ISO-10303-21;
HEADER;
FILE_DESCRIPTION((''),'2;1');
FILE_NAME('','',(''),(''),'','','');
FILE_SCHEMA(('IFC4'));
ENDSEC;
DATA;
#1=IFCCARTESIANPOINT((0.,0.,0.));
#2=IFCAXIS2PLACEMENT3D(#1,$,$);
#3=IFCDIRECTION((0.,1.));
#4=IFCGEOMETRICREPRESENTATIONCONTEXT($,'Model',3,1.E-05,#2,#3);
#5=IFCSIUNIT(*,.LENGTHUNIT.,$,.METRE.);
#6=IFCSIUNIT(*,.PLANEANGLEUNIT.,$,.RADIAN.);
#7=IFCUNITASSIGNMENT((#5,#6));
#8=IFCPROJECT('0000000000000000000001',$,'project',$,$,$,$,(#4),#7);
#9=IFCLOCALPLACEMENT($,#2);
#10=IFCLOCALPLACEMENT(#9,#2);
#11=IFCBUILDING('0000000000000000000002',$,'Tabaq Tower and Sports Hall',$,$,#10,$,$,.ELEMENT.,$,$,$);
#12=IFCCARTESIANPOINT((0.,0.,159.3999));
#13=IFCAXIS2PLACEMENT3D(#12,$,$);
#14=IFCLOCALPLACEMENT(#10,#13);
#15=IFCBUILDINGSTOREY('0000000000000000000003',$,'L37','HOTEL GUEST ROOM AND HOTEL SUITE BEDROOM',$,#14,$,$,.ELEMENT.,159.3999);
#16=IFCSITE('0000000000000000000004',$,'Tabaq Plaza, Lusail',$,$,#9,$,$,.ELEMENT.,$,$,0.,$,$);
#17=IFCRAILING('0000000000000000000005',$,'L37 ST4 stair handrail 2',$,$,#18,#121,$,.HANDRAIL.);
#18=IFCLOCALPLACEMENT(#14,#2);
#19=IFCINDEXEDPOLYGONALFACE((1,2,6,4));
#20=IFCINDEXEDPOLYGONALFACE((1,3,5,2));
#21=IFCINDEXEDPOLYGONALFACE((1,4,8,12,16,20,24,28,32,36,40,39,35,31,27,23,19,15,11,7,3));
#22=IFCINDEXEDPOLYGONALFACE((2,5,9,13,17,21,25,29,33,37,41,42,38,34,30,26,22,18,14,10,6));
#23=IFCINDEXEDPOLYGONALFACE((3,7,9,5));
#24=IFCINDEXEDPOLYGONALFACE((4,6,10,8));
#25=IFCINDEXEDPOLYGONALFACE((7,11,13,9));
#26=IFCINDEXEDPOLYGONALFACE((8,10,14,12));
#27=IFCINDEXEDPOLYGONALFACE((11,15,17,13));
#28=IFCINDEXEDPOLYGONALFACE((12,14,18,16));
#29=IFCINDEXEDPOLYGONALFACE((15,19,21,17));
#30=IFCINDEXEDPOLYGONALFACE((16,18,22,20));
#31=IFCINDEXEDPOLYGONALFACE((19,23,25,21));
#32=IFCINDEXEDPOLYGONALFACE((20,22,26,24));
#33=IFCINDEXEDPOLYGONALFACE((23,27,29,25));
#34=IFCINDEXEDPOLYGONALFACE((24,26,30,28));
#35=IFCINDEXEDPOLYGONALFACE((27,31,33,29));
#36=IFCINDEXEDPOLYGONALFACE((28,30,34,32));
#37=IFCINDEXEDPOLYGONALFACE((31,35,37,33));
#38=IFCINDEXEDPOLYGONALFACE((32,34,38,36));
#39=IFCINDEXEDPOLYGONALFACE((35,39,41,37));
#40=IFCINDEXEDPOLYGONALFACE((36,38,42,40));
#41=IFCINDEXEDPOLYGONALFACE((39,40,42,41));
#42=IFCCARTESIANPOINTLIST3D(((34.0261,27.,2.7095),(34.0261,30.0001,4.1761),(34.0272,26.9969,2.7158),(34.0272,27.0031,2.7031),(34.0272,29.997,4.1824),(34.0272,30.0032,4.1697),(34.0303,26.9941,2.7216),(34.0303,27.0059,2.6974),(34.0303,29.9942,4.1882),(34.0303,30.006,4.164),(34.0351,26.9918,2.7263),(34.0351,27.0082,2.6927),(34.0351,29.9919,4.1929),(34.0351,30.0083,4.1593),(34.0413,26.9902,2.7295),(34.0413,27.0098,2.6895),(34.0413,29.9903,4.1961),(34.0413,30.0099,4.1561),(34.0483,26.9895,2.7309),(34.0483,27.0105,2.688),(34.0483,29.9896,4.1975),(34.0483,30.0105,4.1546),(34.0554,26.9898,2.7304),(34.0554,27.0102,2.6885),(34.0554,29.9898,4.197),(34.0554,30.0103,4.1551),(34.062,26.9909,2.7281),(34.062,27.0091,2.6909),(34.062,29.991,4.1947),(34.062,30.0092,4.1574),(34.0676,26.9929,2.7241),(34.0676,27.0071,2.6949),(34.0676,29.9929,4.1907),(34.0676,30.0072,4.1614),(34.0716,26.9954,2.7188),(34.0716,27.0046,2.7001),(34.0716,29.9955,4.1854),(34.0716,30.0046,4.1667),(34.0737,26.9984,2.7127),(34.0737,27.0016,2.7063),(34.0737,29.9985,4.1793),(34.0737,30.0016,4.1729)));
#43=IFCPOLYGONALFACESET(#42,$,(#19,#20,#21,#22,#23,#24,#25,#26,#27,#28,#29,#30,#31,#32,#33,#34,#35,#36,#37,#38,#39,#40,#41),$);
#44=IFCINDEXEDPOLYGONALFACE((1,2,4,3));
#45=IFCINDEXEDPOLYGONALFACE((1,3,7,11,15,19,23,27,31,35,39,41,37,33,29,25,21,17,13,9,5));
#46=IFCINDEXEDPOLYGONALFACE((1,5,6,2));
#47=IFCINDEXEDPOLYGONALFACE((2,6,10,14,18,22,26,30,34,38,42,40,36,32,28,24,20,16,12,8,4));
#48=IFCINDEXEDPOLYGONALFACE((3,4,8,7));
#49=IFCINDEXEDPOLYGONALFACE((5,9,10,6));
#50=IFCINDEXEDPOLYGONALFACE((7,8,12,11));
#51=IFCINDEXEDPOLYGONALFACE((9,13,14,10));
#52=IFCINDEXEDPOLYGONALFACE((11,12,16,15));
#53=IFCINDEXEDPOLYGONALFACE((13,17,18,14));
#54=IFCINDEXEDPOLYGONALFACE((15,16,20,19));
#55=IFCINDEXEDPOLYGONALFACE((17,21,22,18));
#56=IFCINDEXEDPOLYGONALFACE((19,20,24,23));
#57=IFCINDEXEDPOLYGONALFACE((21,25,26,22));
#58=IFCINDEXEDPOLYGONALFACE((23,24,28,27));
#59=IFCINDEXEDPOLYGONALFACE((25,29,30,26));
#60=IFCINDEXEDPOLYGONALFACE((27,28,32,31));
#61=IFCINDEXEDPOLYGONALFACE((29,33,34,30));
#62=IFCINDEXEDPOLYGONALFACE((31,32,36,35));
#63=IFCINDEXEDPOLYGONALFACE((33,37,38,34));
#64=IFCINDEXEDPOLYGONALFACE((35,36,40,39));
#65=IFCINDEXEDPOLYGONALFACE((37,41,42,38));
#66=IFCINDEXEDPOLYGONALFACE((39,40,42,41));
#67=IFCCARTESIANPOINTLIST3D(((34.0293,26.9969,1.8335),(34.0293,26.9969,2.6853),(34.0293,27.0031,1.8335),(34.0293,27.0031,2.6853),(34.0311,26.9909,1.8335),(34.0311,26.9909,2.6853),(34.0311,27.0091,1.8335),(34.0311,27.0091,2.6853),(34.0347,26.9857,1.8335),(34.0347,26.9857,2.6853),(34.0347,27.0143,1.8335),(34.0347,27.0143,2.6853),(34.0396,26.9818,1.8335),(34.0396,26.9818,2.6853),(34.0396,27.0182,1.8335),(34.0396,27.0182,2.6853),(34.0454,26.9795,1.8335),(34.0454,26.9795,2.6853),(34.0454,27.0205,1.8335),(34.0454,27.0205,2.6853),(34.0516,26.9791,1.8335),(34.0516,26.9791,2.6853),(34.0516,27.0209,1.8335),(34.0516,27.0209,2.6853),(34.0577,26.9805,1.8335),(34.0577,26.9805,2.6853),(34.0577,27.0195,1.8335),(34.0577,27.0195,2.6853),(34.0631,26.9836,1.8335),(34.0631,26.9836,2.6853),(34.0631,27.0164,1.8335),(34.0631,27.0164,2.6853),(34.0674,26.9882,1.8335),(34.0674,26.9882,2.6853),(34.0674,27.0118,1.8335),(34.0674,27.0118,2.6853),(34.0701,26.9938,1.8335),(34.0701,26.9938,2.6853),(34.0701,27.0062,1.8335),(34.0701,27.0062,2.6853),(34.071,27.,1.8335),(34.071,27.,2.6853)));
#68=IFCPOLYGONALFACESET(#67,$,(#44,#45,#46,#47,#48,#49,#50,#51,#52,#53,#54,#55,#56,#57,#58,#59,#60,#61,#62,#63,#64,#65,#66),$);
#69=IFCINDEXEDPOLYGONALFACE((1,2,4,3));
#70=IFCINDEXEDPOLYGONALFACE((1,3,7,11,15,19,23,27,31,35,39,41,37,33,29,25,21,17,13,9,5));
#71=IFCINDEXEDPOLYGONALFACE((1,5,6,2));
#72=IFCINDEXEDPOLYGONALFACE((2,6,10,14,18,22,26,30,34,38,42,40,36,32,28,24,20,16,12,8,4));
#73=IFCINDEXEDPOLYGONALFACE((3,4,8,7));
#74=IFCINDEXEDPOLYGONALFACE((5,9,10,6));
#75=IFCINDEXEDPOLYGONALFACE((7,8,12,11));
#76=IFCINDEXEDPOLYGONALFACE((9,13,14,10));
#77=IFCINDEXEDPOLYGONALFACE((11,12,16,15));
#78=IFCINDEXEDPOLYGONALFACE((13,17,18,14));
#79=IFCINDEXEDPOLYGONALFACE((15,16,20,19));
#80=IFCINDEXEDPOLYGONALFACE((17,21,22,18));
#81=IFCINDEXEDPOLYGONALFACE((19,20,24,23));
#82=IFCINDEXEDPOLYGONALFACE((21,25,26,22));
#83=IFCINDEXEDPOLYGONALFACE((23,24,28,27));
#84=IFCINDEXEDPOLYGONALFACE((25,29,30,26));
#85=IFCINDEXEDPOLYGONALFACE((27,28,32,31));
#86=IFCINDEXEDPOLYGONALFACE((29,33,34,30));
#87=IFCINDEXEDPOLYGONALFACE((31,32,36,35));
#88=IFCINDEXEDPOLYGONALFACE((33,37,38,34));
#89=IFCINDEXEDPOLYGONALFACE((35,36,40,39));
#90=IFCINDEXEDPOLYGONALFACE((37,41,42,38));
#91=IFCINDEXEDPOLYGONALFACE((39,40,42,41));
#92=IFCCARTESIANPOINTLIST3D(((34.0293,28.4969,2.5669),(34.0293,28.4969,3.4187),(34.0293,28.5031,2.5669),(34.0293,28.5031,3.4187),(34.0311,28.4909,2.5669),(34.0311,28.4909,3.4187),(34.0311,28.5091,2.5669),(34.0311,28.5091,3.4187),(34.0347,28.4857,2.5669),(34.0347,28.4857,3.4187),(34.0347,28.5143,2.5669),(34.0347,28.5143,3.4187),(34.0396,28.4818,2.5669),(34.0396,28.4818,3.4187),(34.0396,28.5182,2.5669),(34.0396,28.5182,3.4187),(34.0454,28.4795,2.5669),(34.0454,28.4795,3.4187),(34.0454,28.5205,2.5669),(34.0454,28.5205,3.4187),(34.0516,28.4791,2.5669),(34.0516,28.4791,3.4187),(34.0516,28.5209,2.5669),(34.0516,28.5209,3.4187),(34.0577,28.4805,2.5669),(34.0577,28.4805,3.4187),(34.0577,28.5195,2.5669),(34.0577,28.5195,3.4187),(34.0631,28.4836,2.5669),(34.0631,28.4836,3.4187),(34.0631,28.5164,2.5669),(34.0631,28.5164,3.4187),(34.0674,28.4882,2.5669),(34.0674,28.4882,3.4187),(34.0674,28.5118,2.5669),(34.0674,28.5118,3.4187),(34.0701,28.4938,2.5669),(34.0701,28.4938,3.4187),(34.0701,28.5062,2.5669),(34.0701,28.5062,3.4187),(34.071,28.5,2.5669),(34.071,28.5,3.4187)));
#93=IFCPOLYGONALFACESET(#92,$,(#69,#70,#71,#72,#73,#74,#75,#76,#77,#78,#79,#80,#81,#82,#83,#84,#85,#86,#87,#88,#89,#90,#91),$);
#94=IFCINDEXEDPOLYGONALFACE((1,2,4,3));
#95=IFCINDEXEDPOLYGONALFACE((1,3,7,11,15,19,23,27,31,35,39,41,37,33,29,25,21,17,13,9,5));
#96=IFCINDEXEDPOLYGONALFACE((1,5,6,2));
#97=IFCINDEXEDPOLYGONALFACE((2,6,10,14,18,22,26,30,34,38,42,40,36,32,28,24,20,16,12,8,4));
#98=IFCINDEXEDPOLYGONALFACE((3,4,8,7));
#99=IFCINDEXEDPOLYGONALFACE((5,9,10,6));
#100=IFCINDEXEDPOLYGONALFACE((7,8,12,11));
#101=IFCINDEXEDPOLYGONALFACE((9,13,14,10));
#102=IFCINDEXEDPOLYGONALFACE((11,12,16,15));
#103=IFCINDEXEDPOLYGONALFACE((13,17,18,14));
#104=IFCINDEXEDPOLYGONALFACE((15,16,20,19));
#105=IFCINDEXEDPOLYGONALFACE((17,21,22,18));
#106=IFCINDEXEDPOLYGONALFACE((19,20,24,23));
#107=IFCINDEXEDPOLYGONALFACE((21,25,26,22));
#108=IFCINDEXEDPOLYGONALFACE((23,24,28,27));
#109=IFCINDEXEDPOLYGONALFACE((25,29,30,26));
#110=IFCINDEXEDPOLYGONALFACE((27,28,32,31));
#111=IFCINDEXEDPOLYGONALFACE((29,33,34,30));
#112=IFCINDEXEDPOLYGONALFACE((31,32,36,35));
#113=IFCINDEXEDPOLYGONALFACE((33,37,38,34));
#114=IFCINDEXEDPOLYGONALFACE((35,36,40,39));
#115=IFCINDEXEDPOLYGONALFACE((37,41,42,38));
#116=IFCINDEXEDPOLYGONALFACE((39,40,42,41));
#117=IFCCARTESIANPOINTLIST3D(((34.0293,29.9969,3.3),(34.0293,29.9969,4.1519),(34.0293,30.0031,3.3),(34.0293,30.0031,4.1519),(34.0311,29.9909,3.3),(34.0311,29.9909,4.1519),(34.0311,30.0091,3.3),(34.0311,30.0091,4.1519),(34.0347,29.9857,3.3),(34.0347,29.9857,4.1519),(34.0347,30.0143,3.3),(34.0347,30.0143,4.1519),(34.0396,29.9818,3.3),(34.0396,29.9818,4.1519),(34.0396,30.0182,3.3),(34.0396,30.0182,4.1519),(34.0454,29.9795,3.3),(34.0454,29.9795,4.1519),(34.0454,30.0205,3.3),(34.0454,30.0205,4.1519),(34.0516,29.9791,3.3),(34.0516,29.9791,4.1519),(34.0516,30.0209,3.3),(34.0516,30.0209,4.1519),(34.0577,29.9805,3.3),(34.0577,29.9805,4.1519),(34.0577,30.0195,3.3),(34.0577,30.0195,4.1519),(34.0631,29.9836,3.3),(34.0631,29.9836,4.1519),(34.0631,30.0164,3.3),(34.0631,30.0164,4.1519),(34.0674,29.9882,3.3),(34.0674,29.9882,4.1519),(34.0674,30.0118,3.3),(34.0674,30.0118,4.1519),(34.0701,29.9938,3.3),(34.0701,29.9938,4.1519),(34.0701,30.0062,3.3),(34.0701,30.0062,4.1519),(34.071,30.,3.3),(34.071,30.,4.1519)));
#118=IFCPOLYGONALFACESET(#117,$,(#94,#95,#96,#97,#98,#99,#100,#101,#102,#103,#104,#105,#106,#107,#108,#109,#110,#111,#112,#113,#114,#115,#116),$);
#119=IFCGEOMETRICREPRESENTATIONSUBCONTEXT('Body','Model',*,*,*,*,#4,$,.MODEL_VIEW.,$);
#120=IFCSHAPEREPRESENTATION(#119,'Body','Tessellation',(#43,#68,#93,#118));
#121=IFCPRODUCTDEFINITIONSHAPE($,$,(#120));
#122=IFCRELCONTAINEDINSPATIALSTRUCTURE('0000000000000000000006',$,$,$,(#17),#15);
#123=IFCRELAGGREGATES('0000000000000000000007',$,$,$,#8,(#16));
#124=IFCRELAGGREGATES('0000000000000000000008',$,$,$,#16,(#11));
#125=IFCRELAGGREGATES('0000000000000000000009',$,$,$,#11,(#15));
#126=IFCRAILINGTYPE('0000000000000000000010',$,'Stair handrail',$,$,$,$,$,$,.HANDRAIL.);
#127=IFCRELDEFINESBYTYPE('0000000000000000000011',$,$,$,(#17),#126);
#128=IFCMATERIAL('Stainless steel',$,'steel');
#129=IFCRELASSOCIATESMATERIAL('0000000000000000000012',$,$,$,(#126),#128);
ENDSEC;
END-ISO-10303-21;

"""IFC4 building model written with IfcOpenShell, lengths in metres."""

from ifc_helpers import new_model, si_unit, direction, frame, origin, origin_2d, place, context, subcontext, project, spatial, circle, extrude, material, type_object, element, save


model = new_model("IFC4")

# Units and contexts
model_context = context("Model", 3, precision=1e-05, world=origin(), true_north=direction((0.0, 1.0)))
body_context = subcontext(model_context, "Body", "Model", "MODEL_VIEW")
ifc_project = project(units=[si_unit("LENGTHUNIT", "METRE"), si_unit("PLANEANGLEUNIT", "RADIAN")], contexts=[model_context])

# Site, building, storey
site_placement = place(None, origin())
site = spatial("IfcSite", under=ifc_project, at=site_placement, Name="Tabaq Plaza, Lusail", CompositionType="ELEMENT", RefElevation=0.0)
building_placement = place(site_placement, origin())
building = spatial("IfcBuilding", under=site, at=building_placement, Name="Tabaq Tower and Sports Hall", CompositionType="ELEMENT")
storey_placement = place(building_placement, frame((0.0, 0.0, 159.3999)))
storey = spatial("IfcBuildingStorey", under=building, at=storey_placement, Name="L37", Description="HOTEL GUEST ROOM AND HOTEL SUITE BEDROOM", CompositionType="ELEMENT", Elevation=159.3999)

# Railing
ifc_material_1 = material(Name="Stainless steel", Category="steel")
railing_type_1 = type_object("IfcRailingType", Name="Stair handrail", PredefinedType="HANDRAIL", material=ifc_material_1)
railing_1_placement = place(storey_placement, frame((34.05, 27.0, 1.8335)))
element("IfcRailing", 1, at=railing_1_placement, inside=storey, type_object=railing_type_1, Name="L37 ST4 stair handrail 2", PredefinedType="HANDRAIL", context=body_context, shape_type="SweptSolid", body=[
    extrude(circle(Radius=0.0239, at=origin_2d()), frame((0.0, 0.0, 0.876), z_axis=(0.0, 0.898398, 0.439183), x_axis=(-1.0, 0.0, 0.0)), (0.0, 0.0, 1.0), 3.3394),
    extrude(circle(Radius=0.021, at=origin_2d()), origin(), (0.0, 0.0, 1.0), 0.8518),
    extrude(circle(Radius=0.021, at=origin_2d()), frame((0.0, 1.5, 0.7334)), (0.0, 0.0, 1.0), 0.8518),
    extrude(circle(Radius=0.021, at=origin_2d()), frame((0.0, 3.0, 1.4666)), (0.0, 0.0, 1.0), 0.8518),
])

save(model, "model.ifc")
